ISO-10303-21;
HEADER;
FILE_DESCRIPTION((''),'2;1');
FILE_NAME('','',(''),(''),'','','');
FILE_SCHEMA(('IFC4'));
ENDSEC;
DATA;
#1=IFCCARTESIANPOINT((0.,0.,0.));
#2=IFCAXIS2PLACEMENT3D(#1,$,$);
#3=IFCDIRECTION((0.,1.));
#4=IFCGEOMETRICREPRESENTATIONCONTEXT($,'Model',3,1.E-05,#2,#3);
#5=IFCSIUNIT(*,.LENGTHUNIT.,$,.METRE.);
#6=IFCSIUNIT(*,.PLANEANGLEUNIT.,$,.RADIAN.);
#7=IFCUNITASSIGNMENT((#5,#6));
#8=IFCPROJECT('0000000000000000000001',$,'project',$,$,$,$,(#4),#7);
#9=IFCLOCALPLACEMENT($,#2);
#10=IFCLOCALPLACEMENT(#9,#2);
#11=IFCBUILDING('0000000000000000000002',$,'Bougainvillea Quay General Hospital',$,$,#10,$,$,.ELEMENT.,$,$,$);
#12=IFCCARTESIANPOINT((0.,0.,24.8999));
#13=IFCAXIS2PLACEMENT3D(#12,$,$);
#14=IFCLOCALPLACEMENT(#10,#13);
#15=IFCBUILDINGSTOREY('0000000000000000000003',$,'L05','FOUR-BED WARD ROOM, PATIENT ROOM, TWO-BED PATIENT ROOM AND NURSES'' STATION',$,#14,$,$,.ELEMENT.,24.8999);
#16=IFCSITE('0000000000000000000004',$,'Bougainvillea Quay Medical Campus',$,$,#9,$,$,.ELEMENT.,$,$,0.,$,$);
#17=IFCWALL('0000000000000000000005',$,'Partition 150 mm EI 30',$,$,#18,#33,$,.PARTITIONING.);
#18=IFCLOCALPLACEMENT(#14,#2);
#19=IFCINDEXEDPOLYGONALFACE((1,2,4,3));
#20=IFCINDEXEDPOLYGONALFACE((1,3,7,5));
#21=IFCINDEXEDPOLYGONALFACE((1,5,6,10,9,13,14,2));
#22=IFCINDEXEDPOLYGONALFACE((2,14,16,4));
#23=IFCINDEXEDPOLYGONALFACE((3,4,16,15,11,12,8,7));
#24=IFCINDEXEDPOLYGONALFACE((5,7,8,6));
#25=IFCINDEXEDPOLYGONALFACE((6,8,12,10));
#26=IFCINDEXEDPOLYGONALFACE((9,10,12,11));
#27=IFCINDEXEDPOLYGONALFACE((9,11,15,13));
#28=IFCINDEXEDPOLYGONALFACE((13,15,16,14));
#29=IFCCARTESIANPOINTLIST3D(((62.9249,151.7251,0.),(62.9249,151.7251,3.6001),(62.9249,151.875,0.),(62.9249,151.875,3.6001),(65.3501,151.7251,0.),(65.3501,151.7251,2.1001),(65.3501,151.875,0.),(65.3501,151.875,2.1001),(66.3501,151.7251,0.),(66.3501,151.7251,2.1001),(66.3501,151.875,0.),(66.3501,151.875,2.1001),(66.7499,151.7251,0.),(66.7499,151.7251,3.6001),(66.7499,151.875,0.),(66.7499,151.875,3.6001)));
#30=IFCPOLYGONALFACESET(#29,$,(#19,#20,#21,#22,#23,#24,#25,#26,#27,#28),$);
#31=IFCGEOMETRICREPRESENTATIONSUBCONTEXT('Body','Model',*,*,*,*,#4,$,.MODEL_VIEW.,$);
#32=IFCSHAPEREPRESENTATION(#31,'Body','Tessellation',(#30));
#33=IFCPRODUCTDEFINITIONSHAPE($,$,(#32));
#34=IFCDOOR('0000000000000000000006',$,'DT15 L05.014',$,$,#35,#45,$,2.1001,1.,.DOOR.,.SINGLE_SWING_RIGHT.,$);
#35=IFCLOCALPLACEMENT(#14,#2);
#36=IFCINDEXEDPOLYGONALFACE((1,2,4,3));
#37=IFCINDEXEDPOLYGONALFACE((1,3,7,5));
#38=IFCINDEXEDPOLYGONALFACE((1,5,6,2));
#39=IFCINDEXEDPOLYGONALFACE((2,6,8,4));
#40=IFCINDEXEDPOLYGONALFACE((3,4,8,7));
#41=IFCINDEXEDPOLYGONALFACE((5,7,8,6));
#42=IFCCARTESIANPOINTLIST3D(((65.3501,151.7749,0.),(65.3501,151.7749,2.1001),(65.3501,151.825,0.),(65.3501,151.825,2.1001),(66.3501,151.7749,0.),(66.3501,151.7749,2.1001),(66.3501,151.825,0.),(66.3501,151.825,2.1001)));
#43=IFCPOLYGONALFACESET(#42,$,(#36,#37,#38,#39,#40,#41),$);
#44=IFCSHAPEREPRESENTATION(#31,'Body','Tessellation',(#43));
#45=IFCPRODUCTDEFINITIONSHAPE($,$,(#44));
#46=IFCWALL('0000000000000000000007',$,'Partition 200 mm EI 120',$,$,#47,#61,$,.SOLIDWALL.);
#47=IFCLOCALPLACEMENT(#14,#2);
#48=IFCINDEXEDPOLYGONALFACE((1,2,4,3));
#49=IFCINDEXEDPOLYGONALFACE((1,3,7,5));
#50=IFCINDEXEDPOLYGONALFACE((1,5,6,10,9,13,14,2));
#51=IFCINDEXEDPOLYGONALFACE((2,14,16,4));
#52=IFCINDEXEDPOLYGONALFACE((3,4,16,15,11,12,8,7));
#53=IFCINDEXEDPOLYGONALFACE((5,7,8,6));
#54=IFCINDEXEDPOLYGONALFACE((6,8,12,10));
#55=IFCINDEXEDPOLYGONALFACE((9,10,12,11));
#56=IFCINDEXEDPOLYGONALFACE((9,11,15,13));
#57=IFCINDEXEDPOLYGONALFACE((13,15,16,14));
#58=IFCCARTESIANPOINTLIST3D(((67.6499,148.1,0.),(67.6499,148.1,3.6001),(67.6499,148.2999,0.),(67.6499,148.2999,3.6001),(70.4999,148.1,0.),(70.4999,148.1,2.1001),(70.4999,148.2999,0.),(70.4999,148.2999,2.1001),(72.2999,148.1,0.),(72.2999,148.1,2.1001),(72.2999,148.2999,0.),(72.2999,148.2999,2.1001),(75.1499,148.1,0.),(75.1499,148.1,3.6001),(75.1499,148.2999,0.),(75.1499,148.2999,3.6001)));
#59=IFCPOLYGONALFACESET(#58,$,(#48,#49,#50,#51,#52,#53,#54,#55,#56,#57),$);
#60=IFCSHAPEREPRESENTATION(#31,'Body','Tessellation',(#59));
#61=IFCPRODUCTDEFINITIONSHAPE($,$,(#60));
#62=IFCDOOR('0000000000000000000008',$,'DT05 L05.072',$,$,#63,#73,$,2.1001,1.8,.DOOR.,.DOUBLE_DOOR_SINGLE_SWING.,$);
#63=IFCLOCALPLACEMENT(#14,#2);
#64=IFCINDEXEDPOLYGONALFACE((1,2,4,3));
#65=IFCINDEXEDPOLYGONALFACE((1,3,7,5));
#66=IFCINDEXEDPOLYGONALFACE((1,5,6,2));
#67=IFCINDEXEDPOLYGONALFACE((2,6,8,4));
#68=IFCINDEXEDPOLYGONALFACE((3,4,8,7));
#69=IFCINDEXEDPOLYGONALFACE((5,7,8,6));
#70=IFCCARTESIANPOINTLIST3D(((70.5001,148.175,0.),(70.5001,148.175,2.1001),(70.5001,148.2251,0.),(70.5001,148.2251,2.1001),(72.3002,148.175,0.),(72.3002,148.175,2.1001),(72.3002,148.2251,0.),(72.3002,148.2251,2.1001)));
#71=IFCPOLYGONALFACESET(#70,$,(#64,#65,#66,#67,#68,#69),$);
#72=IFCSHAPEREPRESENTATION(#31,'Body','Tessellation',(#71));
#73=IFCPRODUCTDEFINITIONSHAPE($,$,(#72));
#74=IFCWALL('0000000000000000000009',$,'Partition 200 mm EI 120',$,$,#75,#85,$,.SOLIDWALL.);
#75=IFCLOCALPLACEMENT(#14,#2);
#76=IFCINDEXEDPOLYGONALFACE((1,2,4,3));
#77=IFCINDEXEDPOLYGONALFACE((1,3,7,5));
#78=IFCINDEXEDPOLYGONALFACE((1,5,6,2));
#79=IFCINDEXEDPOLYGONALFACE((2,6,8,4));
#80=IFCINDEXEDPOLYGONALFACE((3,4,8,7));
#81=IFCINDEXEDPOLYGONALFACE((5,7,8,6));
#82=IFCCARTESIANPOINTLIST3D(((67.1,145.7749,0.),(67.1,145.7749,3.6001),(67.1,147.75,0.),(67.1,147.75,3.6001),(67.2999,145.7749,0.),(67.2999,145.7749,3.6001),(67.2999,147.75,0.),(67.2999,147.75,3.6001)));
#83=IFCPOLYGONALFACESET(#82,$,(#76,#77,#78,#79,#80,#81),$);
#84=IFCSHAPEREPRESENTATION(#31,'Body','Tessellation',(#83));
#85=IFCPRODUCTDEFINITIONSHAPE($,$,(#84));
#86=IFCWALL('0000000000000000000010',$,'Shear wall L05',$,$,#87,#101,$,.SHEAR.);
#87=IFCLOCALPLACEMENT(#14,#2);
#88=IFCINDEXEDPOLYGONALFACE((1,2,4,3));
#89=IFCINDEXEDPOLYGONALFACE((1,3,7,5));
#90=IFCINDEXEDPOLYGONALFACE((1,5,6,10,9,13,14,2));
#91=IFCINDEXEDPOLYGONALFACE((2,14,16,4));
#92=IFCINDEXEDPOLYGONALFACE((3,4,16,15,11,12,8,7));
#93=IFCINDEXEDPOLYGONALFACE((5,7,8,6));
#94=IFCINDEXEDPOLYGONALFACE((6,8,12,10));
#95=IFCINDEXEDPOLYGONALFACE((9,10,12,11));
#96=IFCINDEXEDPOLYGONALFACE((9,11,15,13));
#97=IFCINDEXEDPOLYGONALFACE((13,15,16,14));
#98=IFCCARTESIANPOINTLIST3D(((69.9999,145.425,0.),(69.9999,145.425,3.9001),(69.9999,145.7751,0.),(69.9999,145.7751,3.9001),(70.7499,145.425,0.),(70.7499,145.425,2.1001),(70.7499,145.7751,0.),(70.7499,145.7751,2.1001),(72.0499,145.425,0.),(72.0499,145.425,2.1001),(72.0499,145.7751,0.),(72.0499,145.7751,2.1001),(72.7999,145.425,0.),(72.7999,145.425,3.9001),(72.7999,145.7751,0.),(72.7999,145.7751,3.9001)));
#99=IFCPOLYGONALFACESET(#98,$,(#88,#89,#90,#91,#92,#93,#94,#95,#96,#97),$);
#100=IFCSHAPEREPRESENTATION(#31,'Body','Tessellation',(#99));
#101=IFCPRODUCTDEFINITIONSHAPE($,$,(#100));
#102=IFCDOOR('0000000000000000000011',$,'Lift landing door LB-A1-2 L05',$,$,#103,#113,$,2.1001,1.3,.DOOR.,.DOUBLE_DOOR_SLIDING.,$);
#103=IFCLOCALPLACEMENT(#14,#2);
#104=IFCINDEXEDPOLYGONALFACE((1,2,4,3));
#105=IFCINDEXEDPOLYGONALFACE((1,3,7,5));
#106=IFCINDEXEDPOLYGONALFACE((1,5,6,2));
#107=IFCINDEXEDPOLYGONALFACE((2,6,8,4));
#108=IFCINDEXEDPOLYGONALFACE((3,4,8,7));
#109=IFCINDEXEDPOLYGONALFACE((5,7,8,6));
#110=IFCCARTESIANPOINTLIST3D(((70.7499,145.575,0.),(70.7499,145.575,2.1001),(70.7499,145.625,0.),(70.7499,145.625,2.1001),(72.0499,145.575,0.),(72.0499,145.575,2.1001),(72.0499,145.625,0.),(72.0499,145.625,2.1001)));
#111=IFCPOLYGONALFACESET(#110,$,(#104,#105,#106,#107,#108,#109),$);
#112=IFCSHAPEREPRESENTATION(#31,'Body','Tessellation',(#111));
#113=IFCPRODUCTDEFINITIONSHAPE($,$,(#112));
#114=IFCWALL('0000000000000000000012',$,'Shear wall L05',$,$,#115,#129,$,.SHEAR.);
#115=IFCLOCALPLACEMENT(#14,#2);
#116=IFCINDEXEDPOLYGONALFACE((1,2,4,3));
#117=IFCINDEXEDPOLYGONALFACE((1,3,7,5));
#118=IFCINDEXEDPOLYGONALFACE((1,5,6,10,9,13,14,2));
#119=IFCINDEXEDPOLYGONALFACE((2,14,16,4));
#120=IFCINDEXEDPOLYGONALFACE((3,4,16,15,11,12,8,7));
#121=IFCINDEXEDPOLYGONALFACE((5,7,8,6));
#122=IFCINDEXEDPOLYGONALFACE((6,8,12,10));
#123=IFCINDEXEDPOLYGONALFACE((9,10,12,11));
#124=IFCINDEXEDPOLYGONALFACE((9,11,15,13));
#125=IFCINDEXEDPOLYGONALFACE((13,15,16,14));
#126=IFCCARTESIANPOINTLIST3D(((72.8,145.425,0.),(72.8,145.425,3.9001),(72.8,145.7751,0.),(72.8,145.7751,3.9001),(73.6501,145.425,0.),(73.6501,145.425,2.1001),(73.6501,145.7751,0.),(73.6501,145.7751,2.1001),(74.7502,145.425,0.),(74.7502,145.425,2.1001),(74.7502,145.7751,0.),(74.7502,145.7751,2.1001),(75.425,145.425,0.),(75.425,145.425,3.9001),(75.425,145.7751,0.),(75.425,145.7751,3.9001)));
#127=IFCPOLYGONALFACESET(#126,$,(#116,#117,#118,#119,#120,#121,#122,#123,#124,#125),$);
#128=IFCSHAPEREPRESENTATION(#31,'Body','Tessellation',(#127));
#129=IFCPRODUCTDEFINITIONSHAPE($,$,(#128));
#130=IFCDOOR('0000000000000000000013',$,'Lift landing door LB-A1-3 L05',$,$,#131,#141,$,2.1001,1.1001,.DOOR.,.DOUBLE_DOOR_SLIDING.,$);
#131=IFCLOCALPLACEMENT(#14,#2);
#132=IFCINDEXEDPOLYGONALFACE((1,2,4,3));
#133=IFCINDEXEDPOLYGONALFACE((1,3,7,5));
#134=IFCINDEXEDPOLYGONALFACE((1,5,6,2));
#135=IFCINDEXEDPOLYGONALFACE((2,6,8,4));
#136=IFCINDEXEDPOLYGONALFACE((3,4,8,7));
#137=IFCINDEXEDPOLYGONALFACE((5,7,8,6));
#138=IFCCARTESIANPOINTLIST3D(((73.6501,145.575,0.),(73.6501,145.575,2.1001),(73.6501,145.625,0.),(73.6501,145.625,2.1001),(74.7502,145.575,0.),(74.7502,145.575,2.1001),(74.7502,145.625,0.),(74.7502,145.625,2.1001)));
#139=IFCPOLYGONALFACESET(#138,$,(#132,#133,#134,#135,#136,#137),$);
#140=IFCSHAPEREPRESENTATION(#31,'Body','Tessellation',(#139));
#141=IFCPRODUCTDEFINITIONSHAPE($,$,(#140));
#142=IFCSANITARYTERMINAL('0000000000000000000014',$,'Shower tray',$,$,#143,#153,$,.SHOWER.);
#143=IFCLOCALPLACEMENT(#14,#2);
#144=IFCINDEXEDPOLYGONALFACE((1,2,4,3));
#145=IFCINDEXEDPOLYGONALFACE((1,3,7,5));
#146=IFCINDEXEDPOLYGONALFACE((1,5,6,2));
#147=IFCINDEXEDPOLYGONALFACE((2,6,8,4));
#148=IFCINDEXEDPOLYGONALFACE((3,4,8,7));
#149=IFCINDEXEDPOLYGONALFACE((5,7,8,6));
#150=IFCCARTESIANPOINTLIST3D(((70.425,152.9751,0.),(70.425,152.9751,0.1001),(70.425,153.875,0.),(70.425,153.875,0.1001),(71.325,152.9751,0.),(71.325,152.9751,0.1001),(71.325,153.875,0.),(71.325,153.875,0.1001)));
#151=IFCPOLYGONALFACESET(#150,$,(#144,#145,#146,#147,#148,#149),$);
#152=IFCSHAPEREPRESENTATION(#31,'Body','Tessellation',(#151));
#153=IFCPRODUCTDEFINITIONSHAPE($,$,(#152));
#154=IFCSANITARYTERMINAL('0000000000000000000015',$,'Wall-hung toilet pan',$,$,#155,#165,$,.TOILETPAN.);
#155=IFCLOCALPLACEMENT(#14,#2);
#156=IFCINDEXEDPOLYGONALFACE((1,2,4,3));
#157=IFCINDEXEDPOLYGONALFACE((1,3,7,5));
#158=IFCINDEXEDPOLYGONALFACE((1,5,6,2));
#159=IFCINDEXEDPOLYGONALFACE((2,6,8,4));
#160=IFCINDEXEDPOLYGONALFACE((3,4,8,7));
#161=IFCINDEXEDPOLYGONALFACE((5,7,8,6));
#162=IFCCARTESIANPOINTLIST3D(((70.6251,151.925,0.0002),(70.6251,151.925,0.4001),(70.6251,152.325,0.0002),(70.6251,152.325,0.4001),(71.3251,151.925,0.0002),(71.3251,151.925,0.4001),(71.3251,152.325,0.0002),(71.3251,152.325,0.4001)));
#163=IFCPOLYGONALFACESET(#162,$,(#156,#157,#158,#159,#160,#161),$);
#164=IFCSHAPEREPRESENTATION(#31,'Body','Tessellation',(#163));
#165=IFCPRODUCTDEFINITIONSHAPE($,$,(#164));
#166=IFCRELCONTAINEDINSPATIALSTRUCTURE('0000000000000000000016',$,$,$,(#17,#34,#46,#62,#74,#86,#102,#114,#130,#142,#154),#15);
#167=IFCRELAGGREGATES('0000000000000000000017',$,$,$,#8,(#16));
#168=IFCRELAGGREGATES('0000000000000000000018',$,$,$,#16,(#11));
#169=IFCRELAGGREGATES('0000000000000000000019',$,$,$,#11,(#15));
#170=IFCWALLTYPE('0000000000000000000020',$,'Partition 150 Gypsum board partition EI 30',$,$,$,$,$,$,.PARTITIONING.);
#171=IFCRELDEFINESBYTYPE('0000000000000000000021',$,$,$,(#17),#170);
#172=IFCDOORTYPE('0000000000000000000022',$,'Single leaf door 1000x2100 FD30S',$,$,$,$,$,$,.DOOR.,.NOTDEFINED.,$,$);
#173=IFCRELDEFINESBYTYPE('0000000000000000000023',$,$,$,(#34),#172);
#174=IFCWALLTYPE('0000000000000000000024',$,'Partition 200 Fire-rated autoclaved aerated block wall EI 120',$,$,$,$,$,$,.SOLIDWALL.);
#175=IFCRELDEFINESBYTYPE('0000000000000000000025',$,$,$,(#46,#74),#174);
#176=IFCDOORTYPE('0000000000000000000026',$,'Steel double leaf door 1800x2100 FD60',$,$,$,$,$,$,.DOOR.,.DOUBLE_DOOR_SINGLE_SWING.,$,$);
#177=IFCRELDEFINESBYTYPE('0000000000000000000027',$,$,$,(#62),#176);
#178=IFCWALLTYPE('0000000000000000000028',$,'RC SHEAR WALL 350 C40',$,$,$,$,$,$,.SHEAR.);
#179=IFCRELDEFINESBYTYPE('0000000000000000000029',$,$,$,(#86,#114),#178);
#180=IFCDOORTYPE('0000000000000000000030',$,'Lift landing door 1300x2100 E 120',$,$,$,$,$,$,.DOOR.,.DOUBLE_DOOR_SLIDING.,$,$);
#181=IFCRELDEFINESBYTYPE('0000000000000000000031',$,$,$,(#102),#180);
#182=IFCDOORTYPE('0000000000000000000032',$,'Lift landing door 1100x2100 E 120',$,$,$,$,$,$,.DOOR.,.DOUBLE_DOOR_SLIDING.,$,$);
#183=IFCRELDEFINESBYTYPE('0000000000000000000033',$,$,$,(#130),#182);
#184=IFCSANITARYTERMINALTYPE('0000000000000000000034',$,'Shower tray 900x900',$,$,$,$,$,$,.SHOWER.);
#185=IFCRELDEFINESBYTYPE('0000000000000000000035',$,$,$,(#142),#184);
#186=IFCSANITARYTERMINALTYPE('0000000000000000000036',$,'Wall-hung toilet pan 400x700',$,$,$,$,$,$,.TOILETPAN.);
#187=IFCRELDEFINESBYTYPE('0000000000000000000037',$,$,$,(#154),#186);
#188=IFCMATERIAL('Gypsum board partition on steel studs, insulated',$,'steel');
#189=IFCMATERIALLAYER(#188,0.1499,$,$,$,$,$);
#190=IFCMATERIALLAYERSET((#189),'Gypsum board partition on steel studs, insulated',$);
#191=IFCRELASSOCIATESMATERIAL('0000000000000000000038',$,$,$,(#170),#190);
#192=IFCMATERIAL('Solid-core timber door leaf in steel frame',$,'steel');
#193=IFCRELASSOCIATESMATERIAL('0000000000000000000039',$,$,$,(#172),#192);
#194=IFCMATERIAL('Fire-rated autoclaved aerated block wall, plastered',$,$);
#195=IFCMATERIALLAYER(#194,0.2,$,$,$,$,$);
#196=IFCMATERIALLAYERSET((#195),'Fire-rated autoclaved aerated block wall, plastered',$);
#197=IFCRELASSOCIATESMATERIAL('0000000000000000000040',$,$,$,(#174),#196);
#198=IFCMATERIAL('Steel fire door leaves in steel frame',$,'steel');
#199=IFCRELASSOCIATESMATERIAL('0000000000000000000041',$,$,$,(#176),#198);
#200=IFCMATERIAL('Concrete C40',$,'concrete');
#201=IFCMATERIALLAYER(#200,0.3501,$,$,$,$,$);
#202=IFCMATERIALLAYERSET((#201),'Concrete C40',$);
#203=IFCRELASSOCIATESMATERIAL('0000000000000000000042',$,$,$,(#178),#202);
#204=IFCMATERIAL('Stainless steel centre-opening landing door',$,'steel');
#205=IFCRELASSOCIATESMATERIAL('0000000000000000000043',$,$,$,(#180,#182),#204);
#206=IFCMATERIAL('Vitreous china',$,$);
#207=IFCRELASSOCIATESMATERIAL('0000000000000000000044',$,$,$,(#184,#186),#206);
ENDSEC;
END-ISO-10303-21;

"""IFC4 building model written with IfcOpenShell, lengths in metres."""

from ifc_helpers import new_model, si_unit, direction, frame, frame_2d, origin, origin_2d, place, context, subcontext, project, spatial, rectangle, extrude, material, layer, layer_set, type_object, element, fill, save


model = new_model("IFC4")

# Units and contexts
model_context = context("Model", 3, precision=1e-05, world=origin(), true_north=direction((0.0, 1.0)))
body_context = subcontext(model_context, "Body", "Model", "MODEL_VIEW")
ifc_project = project(units=[si_unit("LENGTHUNIT", "METRE"), si_unit("PLANEANGLEUNIT", "RADIAN")], contexts=[model_context])

# Site, building, storey
site_placement = place(None, origin())
site = spatial("IfcSite", under=ifc_project, at=site_placement, Name="Bougainvillea Quay Medical Campus", CompositionType="ELEMENT", RefElevation=0.0)
building_placement = place(site_placement, origin())
building = spatial("IfcBuilding", under=site, at=building_placement, Name="Bougainvillea Quay General Hospital", CompositionType="ELEMENT")
storey_placement = place(building_placement, frame((0.0, 0.0, 24.8999)))
storey = spatial("IfcBuildingStorey", under=building, at=storey_placement, Name="L05", Description="FOUR-BED WARD ROOM, PATIENT ROOM, TWO-BED PATIENT ROOM AND NURSES' STATION", CompositionType="ELEMENT", Elevation=24.8999)

# Shared definitions
ifc_material_1 = material(Name="Concrete C40", Category="concrete")

# Shared definitions
ifc_material_2 = material(Name="Gypsum board partition on steel studs, insulated", Category="steel")

# Shared definitions
ifc_material_3 = material(Name="Solid-core timber door leaf in steel frame", Category="steel")

# Walls, openings, doors
ifc_layer_1 = layer(ifc_material_2, 0.1499)
ifc_layer_set_1 = layer_set([ifc_layer_1], Name="Gypsum board partition on steel studs, insulated")
wall_type_1 = type_object("IfcWallType", Name="Partition 150 Gypsum board partition EI 30", PredefinedType="PARTITIONING", material=ifc_layer_set_1)
door_type_1 = type_object("IfcDoorType", Name="Single leaf door 1000x2100 FD30S", OperationType="NOTDEFINED", PredefinedType="DOOR", material=ifc_material_3)
wall_1_placement = place(storey_placement, frame((66.75, 151.8, 0.0), z_axis=(0.0, 0.0, 1.0), x_axis=(-1.0, 0.0, 0.0)))
wall_1 = element("IfcWall", 1, at=wall_1_placement, inside=storey, type_object=wall_type_1, Name="Partition 150 mm EI 30", PredefinedType="PARTITIONING", context=body_context, shape_type="SweptSolid", body=[
    extrude(rectangle(XDim=3.825, YDim=0.1499, at=frame_2d((1.9126, 0.0))), origin(), (0.0, 0.0, 1.0), 3.6001),
])
opening_1_placement = place(wall_1_placement, frame((0.3999, 0.0, 0.0)))
opening_1 = element("IfcOpeningElement", 2, at=opening_1_placement, cuts=wall_1, PredefinedType="OPENING", context=body_context, shape_type="SweptSolid", body=[
    extrude(rectangle(XDim=1.0, YDim=2.1001, at=frame_2d((0.5, 1.05))), frame((0.0, 0.085, 0.0), z_axis=(0.0, -1.0, 0.0), x_axis=(1.0, 0.0, 0.0)), (0.0, 0.0, 1.0), 0.1699),
])
door_1_placement = place(opening_1_placement, frame((1.0, 0.0, 0.0), z_axis=(0.0, 0.0, 1.0), x_axis=(-1.0, 0.0, 0.0)))
door_1 = element("IfcDoor", 3, at=door_1_placement, inside=storey, type_object=door_type_1, Name="DT15 L05.014", OperationType="SINGLE_SWING_RIGHT", OverallHeight=2.1001, OverallWidth=1.0, PredefinedType="DOOR", context=body_context, shape_type="SweptSolid", body=[
    extrude(rectangle(XDim=1.0, YDim=2.1001, at=frame_2d((0.5, 1.05))), frame((0.0, 0.0249, 0.0), z_axis=(0.0, -1.0, 0.0), x_axis=(1.0, 0.0, 0.0)), (0.0, 0.0, 1.0), 0.05),
])
fill(opening_1, door_1)
ifc_material_4 = material(Name="Fire-rated autoclaved aerated block wall, plastered")
ifc_layer_2 = layer(ifc_material_4, 0.2)
ifc_layer_set_2 = layer_set([ifc_layer_2], Name="Fire-rated autoclaved aerated block wall, plastered")
wall_type_2 = type_object("IfcWallType", Name="Partition 200 Fire-rated autoclaved aerated block wall EI 120", PredefinedType="SOLIDWALL", material=ifc_layer_set_2)
wall_2_placement = place(storey_placement, frame((67.6499, 148.2, 0.0), z_axis=(0.0, 0.0, 1.0), x_axis=(1.0, 0.0, 0.0)))
wall_2 = element("IfcWall", 4, at=wall_2_placement, inside=storey, type_object=wall_type_2, Name="Partition 200 mm EI 120", PredefinedType="SOLIDWALL", context=body_context, shape_type="SweptSolid", body=[
    extrude(rectangle(XDim=7.5, YDim=0.2, at=frame_2d((3.75, 0.0))), origin(), (0.0, 0.0, 1.0), 3.6001),
])
opening_2_placement = place(wall_2_placement, frame((2.8501, 0.0, 0.0)))
opening_2 = element("IfcOpeningElement", 5, at=opening_2_placement, cuts=wall_2, PredefinedType="OPENING", context=body_context, shape_type="SweptSolid", body=[
    extrude(rectangle(XDim=1.8, YDim=2.1001, at=frame_2d((0.8999, 1.05))), frame((0.0, 0.1099, 0.0), z_axis=(0.0, -1.0, 0.0), x_axis=(1.0, 0.0, 0.0)), (0.0, 0.0, 1.0), 0.22),
])
ifc_material_5 = material(Name="Steel fire door leaves in steel frame", Category="steel")
door_type_2 = type_object("IfcDoorType", Name="Steel double leaf door 1800x2100 FD60", OperationType="DOUBLE_DOOR_SINGLE_SWING", PredefinedType="DOOR", material=ifc_material_5)
door_2_placement = place(opening_2_placement, frame((1.8, 0.0, 0.0), z_axis=(0.0, 0.0, 1.0), x_axis=(-1.0, 0.0, 0.0)))
door_2 = element("IfcDoor", 6, at=door_2_placement, inside=storey, type_object=door_type_2, Name="DT05 L05.072", OperationType="DOUBLE_DOOR_SINGLE_SWING", OverallHeight=2.1001, OverallWidth=1.8, PredefinedType="DOOR", context=body_context, shape_type="SweptSolid", body=[
    extrude(rectangle(XDim=1.8, YDim=2.1001, at=frame_2d((0.8999, 1.05))), frame((0.0, 0.0249, 0.0), z_axis=(0.0, -1.0, 0.0), x_axis=(1.0, 0.0, 0.0)), (0.0, 0.0, 1.0), 0.05),
])
fill(opening_2, door_2)

# Wall
wall_3_placement = place(storey_placement, frame((67.2, 145.7749, 0.0), z_axis=(0.0, 0.0, 1.0), x_axis=(0.0, 1.0, 0.0)))
element("IfcWall", 7, at=wall_3_placement, inside=storey, type_object=wall_type_2, Name="Partition 200 mm EI 120", PredefinedType="SOLIDWALL", context=body_context, shape_type="SweptSolid", body=[
    extrude(rectangle(XDim=1.9751, YDim=0.2, at=frame_2d((0.9875, 0.0))), origin(), (0.0, 0.0, 1.0), 3.6001),
])

# Walls, openings, doors
ifc_layer_3 = layer(ifc_material_1, 0.3501)
ifc_layer_set_3 = layer_set([ifc_layer_3], Name="Concrete C40")
wall_type_3 = type_object("IfcWallType", Name="RC SHEAR WALL 350 C40", PredefinedType="SHEAR", material=ifc_layer_set_3)
wall_4_placement = place(storey_placement, frame((70.0, 145.6001, 0.0), z_axis=(0.0, 0.0, 1.0), x_axis=(1.0, 0.0, 0.0)))
wall_4 = element("IfcWall", 8, at=wall_4_placement, inside=storey, type_object=wall_type_3, Name="Shear wall L05", PredefinedType="SHEAR", context=body_context, shape_type="SweptSolid", body=[
    extrude(rectangle(XDim=2.8, YDim=0.3501, at=frame_2d((1.3999, 0.0))), origin(), (0.0, 0.0, 1.0), 3.9001),
])
opening_3_placement = place(wall_4_placement, frame((0.75, 0.0, 0.0)))
opening_3 = element("IfcOpeningElement", 9, at=opening_3_placement, cuts=wall_4, PredefinedType="OPENING", context=body_context, shape_type="SweptSolid", body=[
    extrude(rectangle(XDim=1.3, YDim=2.1001, at=frame_2d((0.6499, 1.05))), frame((0.0, 0.1851, 0.0), z_axis=(0.0, -1.0, 0.0), x_axis=(1.0, 0.0, 0.0)), (0.0, 0.0, 1.0), 0.3701),
])
ifc_material_6 = material(Name="Stainless steel centre-opening landing door", Category="steel")
door_type_3 = type_object("IfcDoorType", Name="Lift landing door 1300x2100 E 120", OperationType="DOUBLE_DOOR_SLIDING", PredefinedType="DOOR", material=ifc_material_6)
door_3_placement = place(opening_3_placement, origin())
door_3 = element("IfcDoor", 10, at=door_3_placement, inside=storey, type_object=door_type_3, Name="Lift landing door LB-A1-2 L05", OperationType="DOUBLE_DOOR_SLIDING", OverallHeight=2.1001, OverallWidth=1.3, PredefinedType="DOOR", context=body_context, shape_type="SweptSolid", body=[
    extrude(rectangle(XDim=1.3, YDim=2.1001, at=frame_2d((0.6499, 1.05))), frame((0.0, 0.0249, 0.0), z_axis=(0.0, -1.0, 0.0), x_axis=(1.0, 0.0, 0.0)), (0.0, 0.0, 1.0), 0.05),
])
fill(opening_3, door_3)
wall_5_placement = place(storey_placement, frame((72.8, 145.6001, 0.0), z_axis=(0.0, 0.0, 1.0), x_axis=(1.0, 0.0, 0.0)))
wall_5 = element("IfcWall", 11, at=wall_5_placement, inside=storey, type_object=wall_type_3, Name="Shear wall L05", PredefinedType="SHEAR", context=body_context, shape_type="SweptSolid", body=[
    extrude(rectangle(XDim=2.625, YDim=0.3501, at=frame_2d((1.3125, 0.0))), origin(), (0.0, 0.0, 1.0), 3.9001),
])
opening_4_placement = place(wall_5_placement, frame((0.8501, 0.0, 0.0)))
opening_4 = element("IfcOpeningElement", 12, at=opening_4_placement, cuts=wall_5, PredefinedType="OPENING", context=body_context, shape_type="SweptSolid", body=[
    extrude(rectangle(XDim=1.1001, YDim=2.1001, at=frame_2d((0.55, 1.05))), frame((0.0, 0.1851, 0.0), z_axis=(0.0, -1.0, 0.0), x_axis=(1.0, 0.0, 0.0)), (0.0, 0.0, 1.0), 0.3701),
])
door_type_4 = type_object("IfcDoorType", Name="Lift landing door 1100x2100 E 120", OperationType="DOUBLE_DOOR_SLIDING", PredefinedType="DOOR", material=ifc_material_6)
door_4_placement = place(opening_4_placement, origin())
door_4 = element("IfcDoor", 13, at=door_4_placement, inside=storey, type_object=door_type_4, Name="Lift landing door LB-A1-3 L05", OperationType="DOUBLE_DOOR_SLIDING", OverallHeight=2.1001, OverallWidth=1.1001, PredefinedType="DOOR", context=body_context, shape_type="SweptSolid", body=[
    extrude(rectangle(XDim=1.1001, YDim=2.1001, at=frame_2d((0.55, 1.05))), frame((0.0, 0.0249, 0.0), z_axis=(0.0, -1.0, 0.0), x_axis=(1.0, 0.0, 0.0)), (0.0, 0.0, 1.0), 0.05),
])
fill(opening_4, door_4)

# Sanitary terminals
ifc_material_7 = material(Name="Vitreous china")
sanitary_terminal_type_1 = type_object("IfcSanitaryTerminalType", Name="Shower tray 900x900", PredefinedType="SHOWER", material=ifc_material_7)
sanitary_terminal_1_placement = place(storey_placement, frame((70.875, 153.425, 0.0), z_axis=(0.0, 0.0, 1.0), x_axis=(0.0, -1.0, 0.0)))
element("IfcSanitaryTerminal", 14, at=sanitary_terminal_1_placement, inside=storey, type_object=sanitary_terminal_type_1, Name="Shower tray", PredefinedType="SHOWER", context=body_context, shape_type="SweptSolid", body=[
    extrude(rectangle(XDim=0.8999, YDim=0.8999, at=origin_2d()), origin(), (0.0, 0.0, 1.0), 0.1001),
])
sanitary_terminal_type_2 = type_object("IfcSanitaryTerminalType", Name="Wall-hung toilet pan 400x700", PredefinedType="TOILETPAN", material=ifc_material_7)
sanitary_terminal_2_placement = place(storey_placement, frame((70.9751, 152.125, 0.0002), z_axis=(0.0, 0.0, 1.0), x_axis=(0.0, -1.0, 0.0)))
element("IfcSanitaryTerminal", 15, at=sanitary_terminal_2_placement, inside=storey, type_object=sanitary_terminal_type_2, Name="Wall-hung toilet pan", PredefinedType="TOILETPAN", context=body_context, shape_type="SweptSolid", body=[
    extrude(rectangle(XDim=0.3999, YDim=0.7, at=origin_2d()), origin(), (0.0, 0.0, 1.0), 0.3999),
])

save(model, "model.ifc")
